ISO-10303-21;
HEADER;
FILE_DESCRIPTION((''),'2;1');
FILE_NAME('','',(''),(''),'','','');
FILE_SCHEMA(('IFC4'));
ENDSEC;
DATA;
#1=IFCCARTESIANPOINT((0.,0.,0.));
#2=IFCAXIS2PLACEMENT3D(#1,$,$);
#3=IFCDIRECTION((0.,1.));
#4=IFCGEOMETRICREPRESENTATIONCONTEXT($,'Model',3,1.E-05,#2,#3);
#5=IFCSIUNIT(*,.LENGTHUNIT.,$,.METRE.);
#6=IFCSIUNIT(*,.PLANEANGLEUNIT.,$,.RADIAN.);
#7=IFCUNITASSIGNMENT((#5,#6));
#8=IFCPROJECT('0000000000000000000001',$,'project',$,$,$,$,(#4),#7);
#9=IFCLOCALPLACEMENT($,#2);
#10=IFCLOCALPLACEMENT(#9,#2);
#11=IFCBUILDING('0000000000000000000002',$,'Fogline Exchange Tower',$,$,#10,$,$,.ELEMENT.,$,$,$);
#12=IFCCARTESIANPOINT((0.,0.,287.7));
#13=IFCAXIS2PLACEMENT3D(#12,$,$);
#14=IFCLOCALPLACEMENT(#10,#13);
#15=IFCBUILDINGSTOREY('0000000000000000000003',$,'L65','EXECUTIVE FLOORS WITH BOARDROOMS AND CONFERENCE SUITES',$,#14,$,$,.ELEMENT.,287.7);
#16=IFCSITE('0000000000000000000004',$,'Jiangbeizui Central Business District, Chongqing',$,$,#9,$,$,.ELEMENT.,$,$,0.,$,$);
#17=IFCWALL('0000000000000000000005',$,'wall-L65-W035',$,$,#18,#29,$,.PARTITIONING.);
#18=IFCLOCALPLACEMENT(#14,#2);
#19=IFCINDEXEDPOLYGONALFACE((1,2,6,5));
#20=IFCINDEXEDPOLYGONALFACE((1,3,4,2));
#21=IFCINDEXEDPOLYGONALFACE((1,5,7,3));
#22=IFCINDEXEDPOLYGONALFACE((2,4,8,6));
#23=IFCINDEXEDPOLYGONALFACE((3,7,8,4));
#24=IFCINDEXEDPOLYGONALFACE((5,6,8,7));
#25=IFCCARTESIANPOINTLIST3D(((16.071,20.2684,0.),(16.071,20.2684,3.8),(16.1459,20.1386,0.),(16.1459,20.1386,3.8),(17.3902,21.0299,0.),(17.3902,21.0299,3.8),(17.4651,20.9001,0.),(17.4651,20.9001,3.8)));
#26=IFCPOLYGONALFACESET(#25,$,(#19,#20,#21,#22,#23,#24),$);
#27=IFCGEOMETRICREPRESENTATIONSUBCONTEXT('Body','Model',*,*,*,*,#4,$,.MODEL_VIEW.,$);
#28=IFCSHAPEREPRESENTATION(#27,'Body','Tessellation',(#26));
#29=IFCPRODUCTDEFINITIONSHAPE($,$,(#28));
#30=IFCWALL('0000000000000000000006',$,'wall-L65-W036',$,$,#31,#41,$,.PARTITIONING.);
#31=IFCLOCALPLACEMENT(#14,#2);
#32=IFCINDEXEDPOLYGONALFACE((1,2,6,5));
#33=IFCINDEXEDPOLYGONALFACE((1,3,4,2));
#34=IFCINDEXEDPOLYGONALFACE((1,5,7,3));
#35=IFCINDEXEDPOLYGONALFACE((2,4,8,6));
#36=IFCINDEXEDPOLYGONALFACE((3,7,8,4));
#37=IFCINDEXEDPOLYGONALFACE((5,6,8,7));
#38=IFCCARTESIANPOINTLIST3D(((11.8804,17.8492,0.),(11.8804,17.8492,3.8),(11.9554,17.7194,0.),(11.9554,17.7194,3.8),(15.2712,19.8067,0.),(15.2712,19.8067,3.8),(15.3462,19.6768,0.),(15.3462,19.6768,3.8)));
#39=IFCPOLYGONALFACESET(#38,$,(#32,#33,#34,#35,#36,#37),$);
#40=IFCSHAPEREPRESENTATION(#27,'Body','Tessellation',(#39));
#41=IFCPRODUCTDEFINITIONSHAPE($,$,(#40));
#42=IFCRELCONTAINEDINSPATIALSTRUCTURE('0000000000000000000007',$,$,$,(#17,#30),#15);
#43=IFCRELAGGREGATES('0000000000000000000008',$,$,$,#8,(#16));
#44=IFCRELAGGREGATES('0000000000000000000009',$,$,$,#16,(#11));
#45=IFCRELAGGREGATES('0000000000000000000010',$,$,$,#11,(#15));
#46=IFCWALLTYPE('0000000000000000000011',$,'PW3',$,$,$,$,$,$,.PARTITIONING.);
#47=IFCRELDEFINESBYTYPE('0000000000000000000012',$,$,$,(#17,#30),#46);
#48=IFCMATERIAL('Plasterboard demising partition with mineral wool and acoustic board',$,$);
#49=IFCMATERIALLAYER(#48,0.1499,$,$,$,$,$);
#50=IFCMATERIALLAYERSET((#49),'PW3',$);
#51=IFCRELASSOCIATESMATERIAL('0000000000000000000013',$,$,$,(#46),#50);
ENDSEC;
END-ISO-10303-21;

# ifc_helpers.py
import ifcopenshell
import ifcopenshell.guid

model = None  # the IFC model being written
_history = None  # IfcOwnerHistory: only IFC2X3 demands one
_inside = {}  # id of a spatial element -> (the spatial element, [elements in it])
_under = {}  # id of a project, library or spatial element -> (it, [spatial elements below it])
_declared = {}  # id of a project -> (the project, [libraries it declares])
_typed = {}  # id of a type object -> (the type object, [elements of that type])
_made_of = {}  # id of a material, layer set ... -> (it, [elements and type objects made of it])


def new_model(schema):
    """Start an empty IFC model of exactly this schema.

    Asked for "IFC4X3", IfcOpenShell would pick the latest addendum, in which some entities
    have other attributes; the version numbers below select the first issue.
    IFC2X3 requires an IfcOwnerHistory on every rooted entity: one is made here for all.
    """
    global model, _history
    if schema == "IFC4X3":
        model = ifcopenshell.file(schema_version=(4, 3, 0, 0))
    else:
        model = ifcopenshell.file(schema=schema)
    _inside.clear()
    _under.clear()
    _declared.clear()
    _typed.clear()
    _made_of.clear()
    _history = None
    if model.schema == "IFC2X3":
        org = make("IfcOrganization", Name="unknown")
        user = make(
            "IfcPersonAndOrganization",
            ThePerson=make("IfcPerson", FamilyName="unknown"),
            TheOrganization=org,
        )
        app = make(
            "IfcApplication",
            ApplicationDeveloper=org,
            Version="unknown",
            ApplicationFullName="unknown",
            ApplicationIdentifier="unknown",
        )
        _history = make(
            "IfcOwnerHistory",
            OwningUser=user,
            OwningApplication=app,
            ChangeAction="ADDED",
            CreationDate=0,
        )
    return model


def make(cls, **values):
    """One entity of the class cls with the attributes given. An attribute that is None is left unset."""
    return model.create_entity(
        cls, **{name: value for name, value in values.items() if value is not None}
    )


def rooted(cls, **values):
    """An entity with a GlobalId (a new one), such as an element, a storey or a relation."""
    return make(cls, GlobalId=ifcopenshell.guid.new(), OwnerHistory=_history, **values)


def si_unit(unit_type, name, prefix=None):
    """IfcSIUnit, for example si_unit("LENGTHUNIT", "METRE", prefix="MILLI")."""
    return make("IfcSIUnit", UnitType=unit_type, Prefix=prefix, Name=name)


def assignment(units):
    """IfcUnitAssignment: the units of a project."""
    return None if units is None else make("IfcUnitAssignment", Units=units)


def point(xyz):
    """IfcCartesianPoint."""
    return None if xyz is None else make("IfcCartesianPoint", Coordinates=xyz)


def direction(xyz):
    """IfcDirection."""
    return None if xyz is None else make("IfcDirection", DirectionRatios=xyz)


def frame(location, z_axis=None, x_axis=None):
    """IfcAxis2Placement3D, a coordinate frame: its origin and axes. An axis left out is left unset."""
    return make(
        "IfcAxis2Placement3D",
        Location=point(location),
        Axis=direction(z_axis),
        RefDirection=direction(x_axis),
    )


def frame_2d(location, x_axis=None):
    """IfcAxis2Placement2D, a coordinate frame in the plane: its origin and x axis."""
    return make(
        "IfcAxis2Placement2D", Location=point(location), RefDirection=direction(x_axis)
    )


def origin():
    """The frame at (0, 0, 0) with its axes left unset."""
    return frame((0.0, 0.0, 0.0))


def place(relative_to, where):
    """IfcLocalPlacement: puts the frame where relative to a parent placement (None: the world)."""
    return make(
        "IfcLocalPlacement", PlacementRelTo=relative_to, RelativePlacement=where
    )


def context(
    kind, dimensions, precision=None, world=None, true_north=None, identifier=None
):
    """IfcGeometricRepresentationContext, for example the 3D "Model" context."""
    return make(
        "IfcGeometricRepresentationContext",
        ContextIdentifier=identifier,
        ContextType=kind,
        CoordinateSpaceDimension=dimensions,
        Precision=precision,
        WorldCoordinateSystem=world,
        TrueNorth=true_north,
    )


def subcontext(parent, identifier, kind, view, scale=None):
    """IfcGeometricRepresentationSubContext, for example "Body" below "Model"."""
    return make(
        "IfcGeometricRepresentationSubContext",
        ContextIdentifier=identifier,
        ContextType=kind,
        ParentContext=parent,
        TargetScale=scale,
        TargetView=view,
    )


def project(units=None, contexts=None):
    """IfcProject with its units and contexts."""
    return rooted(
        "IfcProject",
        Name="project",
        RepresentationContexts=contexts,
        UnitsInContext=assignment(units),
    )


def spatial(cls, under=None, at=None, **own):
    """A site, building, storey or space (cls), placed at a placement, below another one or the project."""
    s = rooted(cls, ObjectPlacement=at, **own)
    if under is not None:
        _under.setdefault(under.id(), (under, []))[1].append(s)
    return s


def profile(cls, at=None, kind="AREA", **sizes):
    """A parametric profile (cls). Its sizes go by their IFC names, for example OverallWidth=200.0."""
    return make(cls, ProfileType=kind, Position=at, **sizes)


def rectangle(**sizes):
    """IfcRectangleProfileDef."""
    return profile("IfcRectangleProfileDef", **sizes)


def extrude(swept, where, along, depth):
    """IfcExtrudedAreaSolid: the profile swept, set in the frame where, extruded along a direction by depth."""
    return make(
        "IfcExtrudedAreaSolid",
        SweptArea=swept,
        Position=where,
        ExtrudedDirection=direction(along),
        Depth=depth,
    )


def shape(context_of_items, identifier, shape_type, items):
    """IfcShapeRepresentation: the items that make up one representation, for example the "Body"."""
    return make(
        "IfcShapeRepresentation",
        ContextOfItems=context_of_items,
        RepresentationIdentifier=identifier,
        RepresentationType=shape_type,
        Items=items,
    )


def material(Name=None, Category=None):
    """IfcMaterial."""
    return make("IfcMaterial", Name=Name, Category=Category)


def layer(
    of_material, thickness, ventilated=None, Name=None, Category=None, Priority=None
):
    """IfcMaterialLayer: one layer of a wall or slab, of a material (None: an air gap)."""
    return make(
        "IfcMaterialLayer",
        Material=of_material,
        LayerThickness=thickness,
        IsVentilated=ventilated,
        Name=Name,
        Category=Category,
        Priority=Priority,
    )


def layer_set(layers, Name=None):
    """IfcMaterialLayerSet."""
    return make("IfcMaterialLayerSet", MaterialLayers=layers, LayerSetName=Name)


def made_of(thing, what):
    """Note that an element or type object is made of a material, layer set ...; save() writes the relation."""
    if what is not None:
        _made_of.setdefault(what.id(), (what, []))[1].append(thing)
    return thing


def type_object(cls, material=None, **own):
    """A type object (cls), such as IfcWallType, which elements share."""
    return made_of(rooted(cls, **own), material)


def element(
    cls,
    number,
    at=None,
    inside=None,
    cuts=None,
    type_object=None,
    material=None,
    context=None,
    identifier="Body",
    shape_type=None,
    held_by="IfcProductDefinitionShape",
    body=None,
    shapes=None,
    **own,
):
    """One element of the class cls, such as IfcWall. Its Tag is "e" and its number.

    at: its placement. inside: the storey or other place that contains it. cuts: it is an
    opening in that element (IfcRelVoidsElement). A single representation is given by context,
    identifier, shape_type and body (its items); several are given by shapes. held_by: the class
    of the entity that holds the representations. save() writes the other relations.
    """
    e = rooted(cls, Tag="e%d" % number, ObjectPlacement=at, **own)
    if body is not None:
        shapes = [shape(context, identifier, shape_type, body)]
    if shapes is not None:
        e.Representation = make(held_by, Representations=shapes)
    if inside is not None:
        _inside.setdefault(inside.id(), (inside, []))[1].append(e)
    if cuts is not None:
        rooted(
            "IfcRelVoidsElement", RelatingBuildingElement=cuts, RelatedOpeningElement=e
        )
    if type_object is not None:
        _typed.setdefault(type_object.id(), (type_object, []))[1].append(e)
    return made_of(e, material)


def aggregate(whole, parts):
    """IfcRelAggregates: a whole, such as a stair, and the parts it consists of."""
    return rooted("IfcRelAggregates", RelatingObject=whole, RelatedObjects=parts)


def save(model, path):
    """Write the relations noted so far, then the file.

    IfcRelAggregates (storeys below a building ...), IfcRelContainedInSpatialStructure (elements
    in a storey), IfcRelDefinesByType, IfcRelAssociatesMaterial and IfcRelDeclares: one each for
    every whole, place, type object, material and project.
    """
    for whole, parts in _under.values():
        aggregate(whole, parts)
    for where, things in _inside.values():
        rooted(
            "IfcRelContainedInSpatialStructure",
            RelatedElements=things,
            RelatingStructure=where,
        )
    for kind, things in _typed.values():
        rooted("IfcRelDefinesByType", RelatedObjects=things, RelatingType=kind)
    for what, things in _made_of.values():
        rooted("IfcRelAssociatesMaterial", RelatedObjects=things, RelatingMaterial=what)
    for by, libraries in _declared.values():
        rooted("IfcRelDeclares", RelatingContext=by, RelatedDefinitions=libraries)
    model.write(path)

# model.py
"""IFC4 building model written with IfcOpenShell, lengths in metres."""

from ifc_helpers import new_model, si_unit, direction, frame, frame_2d, origin, place, context, subcontext, project, spatial, rectangle, extrude, material, layer, layer_set, type_object, element, save


model = new_model("IFC4")

# Units and contexts
model_context = context("Model", 3, precision=1e-05, world=origin(), true_north=direction((0.0, 1.0)))
body_context = subcontext(model_context, "Body", "Model", "MODEL_VIEW")
ifc_project = project(units=[si_unit("LENGTHUNIT", "METRE"), si_unit("PLANEANGLEUNIT", "RADIAN")], contexts=[model_context])

# Site, building, storey
site_placement = place(None, origin())
site = spatial("IfcSite", under=ifc_project, at=site_placement, Name="Jiangbeizui Central Business District, Chongqing", CompositionType="ELEMENT", RefElevation=0.0)
building_placement = place(site_placement, origin())
building = spatial("IfcBuilding", under=site, at=building_placement, Name="Fogline Exchange Tower", CompositionType="ELEMENT")
storey_placement = place(building_placement, frame((0.0, 0.0, 287.7)))
storey = spatial("IfcBuildingStorey", under=building, at=storey_placement, Name="L65", Description="EXECUTIVE FLOORS WITH BOARDROOMS AND CONFERENCE SUITES", CompositionType="ELEMENT", Elevation=287.7)

# Walls
ifc_material_1 = material(Name="Plasterboard demising partition with mineral wool and acoustic board")
ifc_layer_1 = layer(ifc_material_1, 0.1499)
ifc_layer_set_1 = layer_set([ifc_layer_1], Name="PW3")
wall_type_1 = type_object("IfcWallType", Name="PW3", PredefinedType="PARTITIONING", material=ifc_layer_set_1)
wall_1_placement = place(storey_placement, frame((17.4277, 20.9651, 0.0), z_axis=(0.0, 0.0, 1.0), x_axis=(-0.866055, -0.499949, 0.0)))
element("IfcWall", 1, at=wall_1_placement, inside=storey, type_object=wall_type_1, Name="wall-L65-W035", PredefinedType="PARTITIONING", context=body_context, shape_type="SweptSolid", body=[
    extrude(rectangle(XDim=1.5232, YDim=0.1499, at=frame_2d((0.7617, 0.0))), origin(), (0.0, 0.0, 1.0), 3.8),
])
wall_2_placement = place(storey_placement, frame((15.3086, 19.7417, 0.0), z_axis=(0.0, 0.0, 1.0), x_axis=(-0.866047, -0.499962, 0.0)))
element("IfcWall", 2, at=wall_2_placement, inside=storey, type_object=wall_type_1, Name="wall-L65-W036", PredefinedType="PARTITIONING", context=body_context, shape_type="SweptSolid", body=[
    extrude(rectangle(XDim=3.9153, YDim=0.1499, at=frame_2d((1.9575, 0.0))), origin(), (0.0, 0.0, 1.0), 3.8),
])

save(model, "model.ifc")
